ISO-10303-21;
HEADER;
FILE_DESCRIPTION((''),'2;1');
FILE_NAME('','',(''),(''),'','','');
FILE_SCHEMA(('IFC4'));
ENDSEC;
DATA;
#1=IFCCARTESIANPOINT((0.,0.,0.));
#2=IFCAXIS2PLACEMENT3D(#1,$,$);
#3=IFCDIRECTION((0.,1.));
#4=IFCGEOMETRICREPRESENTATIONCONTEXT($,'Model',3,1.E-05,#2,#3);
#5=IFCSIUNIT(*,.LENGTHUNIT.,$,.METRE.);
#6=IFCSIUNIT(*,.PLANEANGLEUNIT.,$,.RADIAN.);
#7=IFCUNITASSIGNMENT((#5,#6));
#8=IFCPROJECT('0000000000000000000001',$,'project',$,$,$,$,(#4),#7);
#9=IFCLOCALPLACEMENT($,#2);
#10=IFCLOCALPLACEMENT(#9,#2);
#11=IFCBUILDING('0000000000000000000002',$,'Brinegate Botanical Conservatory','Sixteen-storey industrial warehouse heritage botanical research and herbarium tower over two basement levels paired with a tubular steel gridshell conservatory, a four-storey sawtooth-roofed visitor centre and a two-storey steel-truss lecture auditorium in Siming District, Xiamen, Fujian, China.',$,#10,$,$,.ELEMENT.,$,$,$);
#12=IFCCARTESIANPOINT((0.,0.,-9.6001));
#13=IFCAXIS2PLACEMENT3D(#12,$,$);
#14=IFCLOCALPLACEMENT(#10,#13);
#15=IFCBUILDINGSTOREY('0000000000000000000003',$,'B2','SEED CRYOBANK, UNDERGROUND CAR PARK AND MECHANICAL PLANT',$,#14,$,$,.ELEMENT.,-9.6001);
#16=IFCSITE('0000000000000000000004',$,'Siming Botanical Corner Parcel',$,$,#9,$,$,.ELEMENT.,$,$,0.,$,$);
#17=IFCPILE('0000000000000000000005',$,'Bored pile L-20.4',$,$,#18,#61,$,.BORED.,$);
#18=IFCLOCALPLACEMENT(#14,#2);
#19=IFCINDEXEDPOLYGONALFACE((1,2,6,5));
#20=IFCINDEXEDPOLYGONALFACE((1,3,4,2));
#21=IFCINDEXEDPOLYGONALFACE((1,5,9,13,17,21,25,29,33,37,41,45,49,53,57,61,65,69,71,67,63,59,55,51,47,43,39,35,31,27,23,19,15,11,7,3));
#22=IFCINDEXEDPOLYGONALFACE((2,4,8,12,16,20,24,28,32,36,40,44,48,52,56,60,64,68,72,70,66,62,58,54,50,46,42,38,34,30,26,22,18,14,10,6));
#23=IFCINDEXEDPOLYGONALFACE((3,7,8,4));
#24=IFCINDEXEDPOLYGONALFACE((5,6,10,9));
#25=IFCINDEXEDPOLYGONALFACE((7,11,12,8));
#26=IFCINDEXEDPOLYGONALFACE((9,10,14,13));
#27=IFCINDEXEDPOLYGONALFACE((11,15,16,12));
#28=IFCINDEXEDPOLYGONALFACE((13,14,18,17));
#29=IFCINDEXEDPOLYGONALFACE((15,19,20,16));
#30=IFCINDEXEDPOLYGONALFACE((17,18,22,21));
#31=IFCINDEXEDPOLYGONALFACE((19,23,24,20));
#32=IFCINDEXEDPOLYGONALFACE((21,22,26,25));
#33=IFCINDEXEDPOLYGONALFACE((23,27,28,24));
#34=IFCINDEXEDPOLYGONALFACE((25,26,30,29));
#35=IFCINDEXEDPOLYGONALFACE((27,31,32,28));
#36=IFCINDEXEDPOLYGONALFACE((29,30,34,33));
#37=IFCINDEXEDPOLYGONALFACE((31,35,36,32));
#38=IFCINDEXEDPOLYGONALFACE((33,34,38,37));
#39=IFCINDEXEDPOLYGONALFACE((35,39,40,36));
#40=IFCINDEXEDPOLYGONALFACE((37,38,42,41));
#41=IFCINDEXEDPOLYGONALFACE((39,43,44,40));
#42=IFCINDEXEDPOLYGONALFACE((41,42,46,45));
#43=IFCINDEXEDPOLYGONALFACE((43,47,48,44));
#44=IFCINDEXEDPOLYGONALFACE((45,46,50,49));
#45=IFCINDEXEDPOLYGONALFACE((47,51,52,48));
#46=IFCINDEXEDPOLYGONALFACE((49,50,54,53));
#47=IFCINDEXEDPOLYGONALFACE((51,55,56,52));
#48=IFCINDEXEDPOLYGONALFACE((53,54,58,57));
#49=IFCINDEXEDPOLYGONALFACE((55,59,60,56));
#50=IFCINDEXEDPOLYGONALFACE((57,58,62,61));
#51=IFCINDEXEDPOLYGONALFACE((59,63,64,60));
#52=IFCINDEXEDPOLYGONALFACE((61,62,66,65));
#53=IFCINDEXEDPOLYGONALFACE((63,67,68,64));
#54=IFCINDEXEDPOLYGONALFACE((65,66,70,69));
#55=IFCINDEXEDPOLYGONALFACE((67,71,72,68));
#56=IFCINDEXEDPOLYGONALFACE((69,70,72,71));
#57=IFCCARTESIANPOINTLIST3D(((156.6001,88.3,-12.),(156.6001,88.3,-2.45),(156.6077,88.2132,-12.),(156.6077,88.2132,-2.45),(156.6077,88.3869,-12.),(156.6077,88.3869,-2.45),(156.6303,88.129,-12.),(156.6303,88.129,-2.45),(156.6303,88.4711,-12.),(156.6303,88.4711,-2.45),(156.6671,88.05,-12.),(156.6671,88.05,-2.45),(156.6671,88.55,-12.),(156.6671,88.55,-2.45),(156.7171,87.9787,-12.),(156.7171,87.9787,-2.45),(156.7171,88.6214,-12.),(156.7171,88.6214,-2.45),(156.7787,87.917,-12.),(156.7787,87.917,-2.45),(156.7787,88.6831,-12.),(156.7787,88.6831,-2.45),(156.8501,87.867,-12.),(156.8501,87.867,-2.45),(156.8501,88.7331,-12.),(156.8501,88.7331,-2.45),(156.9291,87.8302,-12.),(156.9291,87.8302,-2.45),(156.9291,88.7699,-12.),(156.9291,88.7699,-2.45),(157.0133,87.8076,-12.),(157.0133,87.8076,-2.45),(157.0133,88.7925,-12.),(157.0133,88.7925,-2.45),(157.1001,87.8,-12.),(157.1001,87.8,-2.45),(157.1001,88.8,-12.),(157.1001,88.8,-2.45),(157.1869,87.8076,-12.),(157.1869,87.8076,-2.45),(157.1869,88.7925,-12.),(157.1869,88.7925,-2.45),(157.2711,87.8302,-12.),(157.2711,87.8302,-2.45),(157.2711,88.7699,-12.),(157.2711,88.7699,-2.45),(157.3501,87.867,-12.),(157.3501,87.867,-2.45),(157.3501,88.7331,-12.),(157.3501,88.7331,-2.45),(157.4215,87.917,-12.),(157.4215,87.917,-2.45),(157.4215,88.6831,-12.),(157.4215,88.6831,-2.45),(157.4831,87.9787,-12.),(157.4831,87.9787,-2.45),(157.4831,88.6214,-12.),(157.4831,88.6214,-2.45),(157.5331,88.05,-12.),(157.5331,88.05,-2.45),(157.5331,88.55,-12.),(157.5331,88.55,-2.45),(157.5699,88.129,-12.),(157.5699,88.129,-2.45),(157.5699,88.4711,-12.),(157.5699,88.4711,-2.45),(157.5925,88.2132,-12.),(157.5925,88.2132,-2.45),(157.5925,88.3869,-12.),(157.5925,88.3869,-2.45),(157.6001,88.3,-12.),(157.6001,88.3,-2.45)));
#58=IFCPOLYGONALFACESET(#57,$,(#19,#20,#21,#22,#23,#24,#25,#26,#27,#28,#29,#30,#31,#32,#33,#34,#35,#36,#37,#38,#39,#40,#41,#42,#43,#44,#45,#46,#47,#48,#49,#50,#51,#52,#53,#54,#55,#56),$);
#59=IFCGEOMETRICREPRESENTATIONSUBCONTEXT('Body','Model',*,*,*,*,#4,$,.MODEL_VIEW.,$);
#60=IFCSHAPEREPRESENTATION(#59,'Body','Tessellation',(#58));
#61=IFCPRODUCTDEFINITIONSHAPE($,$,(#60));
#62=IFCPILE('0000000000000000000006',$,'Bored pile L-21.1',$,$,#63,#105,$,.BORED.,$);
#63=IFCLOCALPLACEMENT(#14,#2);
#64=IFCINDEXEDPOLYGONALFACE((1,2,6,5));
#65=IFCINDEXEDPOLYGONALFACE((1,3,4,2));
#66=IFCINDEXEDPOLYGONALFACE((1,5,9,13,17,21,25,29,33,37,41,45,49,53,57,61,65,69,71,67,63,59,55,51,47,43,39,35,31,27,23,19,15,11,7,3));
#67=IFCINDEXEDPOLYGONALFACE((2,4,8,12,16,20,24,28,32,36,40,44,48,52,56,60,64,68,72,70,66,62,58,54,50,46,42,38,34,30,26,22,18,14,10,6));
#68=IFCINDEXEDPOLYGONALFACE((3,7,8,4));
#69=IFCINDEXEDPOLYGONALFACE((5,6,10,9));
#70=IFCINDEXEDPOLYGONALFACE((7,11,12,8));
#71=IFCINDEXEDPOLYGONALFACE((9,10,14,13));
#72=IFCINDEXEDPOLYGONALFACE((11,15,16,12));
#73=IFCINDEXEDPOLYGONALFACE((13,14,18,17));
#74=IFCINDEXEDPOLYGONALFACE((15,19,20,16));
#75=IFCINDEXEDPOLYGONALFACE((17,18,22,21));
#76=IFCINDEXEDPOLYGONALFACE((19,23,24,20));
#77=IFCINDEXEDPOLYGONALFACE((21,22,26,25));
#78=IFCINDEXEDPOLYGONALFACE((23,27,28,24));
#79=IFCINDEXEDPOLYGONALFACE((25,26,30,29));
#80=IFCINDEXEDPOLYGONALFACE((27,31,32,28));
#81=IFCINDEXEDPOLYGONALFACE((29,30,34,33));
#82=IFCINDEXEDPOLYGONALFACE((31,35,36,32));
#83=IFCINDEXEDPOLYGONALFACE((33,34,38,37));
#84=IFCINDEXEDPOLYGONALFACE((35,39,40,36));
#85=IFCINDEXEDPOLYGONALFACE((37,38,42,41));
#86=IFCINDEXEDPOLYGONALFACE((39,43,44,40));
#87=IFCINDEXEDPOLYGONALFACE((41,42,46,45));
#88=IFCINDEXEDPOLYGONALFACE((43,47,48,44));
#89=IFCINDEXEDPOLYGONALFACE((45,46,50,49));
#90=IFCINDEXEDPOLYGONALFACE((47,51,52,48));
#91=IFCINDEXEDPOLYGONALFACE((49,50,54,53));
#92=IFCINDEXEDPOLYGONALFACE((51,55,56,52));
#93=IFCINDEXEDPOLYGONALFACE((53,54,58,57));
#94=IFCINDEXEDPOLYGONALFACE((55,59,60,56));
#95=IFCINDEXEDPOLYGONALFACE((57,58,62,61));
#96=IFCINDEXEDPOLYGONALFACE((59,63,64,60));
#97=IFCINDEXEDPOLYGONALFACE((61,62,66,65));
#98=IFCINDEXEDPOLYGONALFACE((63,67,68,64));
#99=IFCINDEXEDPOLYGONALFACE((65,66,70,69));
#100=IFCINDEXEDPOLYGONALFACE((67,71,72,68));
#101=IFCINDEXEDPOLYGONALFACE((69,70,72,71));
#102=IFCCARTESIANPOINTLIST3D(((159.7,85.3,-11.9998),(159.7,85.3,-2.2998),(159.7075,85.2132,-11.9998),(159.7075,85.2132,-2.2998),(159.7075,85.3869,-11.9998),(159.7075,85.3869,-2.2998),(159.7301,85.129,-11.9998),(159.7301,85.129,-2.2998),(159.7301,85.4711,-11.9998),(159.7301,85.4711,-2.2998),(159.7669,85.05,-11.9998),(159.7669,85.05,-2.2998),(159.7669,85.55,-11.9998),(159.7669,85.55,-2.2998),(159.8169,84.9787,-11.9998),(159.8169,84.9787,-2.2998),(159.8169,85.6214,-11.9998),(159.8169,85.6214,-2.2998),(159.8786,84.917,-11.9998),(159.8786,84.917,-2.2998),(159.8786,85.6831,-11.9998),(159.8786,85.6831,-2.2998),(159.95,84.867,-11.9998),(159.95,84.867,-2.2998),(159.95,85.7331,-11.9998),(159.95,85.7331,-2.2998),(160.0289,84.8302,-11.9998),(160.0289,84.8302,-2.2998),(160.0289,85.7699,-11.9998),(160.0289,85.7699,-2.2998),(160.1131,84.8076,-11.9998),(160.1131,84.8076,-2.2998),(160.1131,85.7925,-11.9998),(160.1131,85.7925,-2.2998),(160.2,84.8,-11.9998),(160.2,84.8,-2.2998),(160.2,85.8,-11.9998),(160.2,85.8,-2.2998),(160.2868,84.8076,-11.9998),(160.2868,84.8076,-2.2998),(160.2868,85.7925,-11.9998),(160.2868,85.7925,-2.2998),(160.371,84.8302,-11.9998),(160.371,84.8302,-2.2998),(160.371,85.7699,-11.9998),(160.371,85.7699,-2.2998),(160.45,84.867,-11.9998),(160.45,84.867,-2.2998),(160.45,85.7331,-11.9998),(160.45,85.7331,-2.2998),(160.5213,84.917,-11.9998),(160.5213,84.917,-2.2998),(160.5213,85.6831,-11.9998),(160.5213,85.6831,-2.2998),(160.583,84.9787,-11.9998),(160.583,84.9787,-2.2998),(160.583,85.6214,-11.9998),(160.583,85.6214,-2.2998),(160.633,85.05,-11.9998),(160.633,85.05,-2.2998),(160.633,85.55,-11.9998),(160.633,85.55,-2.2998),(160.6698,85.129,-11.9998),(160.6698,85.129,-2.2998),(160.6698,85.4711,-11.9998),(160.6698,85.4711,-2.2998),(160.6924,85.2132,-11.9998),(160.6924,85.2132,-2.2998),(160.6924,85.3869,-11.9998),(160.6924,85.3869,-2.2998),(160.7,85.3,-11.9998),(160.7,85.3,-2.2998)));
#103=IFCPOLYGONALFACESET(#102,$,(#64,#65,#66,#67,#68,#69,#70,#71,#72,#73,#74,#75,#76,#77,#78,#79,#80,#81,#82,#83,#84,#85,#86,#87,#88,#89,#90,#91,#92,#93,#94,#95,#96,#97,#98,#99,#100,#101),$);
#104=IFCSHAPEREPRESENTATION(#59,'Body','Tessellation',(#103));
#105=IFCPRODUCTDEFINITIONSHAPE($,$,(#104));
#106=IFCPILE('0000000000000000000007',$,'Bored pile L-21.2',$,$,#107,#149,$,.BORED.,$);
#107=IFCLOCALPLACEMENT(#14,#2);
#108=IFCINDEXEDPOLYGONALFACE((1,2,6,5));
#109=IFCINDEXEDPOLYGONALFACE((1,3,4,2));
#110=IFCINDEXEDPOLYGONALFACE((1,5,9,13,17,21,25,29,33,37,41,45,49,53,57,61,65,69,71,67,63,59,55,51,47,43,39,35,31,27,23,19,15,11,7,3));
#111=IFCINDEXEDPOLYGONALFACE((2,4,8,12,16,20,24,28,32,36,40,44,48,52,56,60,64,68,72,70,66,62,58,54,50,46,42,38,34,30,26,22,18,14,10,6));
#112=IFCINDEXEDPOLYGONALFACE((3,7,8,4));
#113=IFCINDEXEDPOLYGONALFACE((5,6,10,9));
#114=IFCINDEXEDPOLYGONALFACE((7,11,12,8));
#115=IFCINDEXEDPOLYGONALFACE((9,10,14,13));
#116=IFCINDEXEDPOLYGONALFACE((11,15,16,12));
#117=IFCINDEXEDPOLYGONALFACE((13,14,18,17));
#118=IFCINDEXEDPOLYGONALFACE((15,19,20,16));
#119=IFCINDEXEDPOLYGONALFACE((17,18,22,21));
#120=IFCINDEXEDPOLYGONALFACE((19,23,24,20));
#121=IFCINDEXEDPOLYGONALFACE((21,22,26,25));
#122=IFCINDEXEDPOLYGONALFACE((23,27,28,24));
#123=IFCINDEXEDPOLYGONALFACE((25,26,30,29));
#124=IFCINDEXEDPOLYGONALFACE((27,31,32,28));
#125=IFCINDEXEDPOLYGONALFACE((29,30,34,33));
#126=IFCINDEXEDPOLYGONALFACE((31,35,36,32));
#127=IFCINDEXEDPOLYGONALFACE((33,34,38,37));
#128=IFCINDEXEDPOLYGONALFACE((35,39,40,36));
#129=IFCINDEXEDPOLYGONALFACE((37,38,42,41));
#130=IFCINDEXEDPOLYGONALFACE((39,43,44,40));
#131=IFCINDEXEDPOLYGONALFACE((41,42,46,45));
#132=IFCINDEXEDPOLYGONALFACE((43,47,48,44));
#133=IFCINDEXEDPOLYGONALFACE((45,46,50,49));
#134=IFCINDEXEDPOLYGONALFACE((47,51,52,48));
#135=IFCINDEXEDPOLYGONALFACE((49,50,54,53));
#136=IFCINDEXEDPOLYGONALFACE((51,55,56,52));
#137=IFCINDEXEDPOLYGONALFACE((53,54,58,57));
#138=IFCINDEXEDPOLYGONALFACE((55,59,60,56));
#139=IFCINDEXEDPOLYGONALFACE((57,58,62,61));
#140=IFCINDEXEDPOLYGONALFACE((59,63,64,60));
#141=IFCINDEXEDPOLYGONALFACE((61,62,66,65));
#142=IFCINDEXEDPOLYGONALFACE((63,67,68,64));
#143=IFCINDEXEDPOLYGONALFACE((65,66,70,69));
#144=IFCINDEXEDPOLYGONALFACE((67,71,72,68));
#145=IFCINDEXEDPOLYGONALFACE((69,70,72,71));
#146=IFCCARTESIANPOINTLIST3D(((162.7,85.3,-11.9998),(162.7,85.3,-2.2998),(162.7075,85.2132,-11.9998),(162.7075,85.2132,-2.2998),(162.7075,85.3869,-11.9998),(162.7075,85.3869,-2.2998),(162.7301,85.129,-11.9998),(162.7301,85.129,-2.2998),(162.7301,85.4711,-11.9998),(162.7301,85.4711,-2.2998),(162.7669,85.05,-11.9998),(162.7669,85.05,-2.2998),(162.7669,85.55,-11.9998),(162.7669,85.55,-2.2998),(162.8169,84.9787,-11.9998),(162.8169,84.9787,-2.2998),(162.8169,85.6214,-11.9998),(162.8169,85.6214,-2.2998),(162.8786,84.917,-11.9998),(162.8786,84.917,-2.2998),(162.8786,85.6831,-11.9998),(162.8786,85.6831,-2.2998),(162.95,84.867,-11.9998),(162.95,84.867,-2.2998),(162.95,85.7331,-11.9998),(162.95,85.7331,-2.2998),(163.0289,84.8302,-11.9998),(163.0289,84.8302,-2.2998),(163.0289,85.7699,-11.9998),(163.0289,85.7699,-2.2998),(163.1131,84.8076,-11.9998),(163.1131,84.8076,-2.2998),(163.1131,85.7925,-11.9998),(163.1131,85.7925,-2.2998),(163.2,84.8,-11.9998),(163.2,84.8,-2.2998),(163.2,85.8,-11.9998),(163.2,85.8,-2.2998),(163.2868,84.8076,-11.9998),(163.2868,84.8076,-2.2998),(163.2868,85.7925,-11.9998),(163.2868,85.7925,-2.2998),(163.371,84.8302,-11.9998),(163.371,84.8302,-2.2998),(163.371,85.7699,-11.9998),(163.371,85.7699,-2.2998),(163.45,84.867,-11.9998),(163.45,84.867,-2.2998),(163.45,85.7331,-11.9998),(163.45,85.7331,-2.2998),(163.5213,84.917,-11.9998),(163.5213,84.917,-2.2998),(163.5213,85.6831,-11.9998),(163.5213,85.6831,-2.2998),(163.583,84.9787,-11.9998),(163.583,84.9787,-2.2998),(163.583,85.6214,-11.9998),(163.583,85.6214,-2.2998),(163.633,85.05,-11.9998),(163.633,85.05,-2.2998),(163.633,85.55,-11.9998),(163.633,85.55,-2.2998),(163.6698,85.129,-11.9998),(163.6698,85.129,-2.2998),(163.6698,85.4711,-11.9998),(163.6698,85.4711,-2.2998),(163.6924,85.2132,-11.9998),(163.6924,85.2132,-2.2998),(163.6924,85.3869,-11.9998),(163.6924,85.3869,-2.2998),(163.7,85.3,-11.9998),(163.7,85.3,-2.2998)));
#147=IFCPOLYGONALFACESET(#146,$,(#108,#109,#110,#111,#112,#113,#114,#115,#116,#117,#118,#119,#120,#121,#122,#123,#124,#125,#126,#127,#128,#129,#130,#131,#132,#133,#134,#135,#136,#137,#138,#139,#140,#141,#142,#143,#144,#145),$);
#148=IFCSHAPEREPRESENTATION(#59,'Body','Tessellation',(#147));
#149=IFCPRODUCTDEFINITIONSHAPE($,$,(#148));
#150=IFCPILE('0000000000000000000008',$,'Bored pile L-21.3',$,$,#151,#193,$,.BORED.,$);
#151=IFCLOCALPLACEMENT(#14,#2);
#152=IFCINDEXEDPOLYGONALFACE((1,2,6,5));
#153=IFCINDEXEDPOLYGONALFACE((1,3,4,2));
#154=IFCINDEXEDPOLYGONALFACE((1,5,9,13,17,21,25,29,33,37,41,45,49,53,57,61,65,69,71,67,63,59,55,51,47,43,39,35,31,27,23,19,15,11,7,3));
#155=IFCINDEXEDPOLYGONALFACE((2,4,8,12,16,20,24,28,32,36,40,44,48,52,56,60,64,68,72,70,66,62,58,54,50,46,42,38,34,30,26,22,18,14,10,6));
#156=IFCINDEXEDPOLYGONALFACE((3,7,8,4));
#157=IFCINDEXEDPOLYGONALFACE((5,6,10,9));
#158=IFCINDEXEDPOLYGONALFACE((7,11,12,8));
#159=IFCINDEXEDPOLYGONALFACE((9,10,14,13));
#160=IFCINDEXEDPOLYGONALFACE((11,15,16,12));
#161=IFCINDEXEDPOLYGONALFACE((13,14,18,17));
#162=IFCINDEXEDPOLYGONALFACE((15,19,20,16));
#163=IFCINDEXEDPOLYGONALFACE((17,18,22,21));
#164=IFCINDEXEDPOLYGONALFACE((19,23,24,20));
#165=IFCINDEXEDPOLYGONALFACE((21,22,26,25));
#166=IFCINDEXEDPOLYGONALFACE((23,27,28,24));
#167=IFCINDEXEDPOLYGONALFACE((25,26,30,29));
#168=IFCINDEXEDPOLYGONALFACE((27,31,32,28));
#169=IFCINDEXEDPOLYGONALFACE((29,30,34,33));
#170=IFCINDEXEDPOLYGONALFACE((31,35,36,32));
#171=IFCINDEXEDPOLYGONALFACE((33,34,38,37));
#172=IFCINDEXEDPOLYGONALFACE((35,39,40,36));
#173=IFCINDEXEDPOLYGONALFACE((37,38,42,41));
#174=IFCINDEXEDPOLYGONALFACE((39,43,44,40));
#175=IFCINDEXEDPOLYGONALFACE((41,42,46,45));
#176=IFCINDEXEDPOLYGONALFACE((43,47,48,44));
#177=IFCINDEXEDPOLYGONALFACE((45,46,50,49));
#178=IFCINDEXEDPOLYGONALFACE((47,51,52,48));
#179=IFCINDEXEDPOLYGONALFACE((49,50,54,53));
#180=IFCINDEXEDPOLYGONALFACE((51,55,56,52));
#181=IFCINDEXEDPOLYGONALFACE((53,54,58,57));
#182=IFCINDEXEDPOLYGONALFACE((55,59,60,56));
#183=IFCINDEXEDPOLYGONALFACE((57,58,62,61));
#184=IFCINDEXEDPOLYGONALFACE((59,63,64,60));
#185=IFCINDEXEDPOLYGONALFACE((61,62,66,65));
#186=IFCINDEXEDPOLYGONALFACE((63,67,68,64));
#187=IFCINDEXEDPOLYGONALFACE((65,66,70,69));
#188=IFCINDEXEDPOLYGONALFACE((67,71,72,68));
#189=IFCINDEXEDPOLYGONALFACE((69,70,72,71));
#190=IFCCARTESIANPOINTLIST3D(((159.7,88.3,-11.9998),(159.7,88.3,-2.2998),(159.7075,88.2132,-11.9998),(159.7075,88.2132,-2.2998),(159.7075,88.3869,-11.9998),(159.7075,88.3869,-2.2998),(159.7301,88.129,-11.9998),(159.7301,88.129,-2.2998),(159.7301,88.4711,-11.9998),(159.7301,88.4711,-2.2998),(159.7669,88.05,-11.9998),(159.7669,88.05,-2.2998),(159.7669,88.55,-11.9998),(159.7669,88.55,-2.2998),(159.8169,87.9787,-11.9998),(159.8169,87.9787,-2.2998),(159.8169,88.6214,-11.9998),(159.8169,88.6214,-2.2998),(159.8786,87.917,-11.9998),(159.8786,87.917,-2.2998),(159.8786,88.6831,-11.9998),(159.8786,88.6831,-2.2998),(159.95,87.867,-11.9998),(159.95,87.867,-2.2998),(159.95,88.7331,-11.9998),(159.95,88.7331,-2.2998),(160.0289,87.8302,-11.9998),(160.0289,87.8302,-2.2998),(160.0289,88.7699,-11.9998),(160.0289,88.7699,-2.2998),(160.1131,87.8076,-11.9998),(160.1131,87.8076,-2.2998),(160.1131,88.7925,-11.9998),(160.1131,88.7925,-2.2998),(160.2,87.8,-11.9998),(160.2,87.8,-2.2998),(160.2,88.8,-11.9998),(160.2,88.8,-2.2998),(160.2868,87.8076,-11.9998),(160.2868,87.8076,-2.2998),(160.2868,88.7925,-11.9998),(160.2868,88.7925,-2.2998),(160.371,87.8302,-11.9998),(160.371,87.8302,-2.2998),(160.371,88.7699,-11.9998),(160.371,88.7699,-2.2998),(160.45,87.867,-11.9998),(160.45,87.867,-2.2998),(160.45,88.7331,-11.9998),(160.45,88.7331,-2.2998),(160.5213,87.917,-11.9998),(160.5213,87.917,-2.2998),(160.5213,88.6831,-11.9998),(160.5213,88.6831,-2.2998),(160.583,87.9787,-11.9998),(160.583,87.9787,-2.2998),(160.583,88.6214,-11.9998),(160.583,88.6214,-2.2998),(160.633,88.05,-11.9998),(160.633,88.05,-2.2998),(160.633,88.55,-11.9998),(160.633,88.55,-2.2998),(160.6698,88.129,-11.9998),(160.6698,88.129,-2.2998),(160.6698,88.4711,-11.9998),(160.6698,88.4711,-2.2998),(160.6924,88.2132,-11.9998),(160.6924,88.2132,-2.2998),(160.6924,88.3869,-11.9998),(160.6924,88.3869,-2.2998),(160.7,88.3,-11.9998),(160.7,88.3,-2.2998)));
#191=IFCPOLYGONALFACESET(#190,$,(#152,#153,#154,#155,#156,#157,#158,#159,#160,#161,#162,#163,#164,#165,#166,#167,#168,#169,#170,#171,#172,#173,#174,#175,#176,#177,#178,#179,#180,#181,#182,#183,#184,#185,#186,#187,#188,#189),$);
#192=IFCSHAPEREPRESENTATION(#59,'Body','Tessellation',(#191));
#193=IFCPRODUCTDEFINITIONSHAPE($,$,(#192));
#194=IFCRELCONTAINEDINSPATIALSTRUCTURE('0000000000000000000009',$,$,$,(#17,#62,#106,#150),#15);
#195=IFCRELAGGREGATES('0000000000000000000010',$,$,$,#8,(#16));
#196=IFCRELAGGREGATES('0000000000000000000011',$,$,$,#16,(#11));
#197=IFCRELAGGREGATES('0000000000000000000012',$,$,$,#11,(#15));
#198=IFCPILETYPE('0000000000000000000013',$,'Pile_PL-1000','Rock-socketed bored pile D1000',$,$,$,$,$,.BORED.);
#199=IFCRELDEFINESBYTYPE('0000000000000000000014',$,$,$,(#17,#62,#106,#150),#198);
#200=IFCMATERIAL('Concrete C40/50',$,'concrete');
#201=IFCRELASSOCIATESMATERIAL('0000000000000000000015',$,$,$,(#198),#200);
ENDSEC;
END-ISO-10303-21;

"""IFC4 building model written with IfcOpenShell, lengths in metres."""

from ifc_helpers import new_model, si_unit, direction, frame, origin, origin_2d, place, context, subcontext, project, spatial, circle, extrude, material, material_profile, profile_set, type_object, element, save


model = new_model("IFC4")

# Units and contexts
model_context = context("Model", 3, precision=1e-05, world=origin(), true_north=direction((0.0, 1.0)))
body_context = subcontext(model_context, "Body", "Model", "MODEL_VIEW")
ifc_project = project(units=[si_unit("LENGTHUNIT", "METRE"), si_unit("PLANEANGLEUNIT", "RADIAN")], contexts=[model_context])

# Site, building, storey
site_placement = place(None, origin())
site = spatial("IfcSite", under=ifc_project, at=site_placement, Name="Siming Botanical Corner Parcel", CompositionType="ELEMENT", RefElevation=0.0)
building_placement = place(site_placement, origin())
building = spatial("IfcBuilding", under=site, at=building_placement, Name="Brinegate Botanical Conservatory", Description="Sixteen-storey industrial warehouse heritage botanical research and herbarium tower over two basement levels paired with a tubular steel gridshell conservatory, a four-storey sawtooth-roofed visitor centre and a two-storey steel-truss lecture auditorium in Siming District, Xiamen, Fujian, China.", CompositionType="ELEMENT")
storey_placement = place(building_placement, frame((0.0, 0.0, -9.6001)))
storey = spatial("IfcBuildingStorey", under=building, at=storey_placement, Name="B2", Description="SEED CRYOBANK, UNDERGROUND CAR PARK AND MECHANICAL PLANT", CompositionType="ELEMENT", Elevation=-9.6001)

# Shared definitions
ifc_material_1 = material(Name="Concrete C40/50", Category="concrete")

# Piles
ifc_material_profile_1 = material_profile(ifc_material_1, circle(Radius=0.5, at=origin_2d()), Name="PILE D1000")
ifc_profile_set_1 = profile_set([ifc_material_profile_1], Name="Concrete C40/50")
pile_type_1 = type_object("IfcPileType", Name="Pile_PL-1000", Description="Rock-socketed bored pile D1000", PredefinedType="BORED", material=ifc_profile_set_1)
for number, where, z_axis, x_axis, name in (
    (1, (157.1001, 88.3, -2.45), (0.0, 0.0, -1.0), (1.0, 0.0, 0.0), "Bored pile L-20.4"),
):
    element("IfcPile", number, at=place(storey_placement, frame(where, z_axis=z_axis, x_axis=x_axis)), inside=storey, type_object=pile_type_1, Name=name, PredefinedType="BORED", context=body_context, shape_type="SweptSolid", body=[
        extrude(circle(Radius=0.5, at=origin_2d()), origin(), (0.0, 0.0, 1.0), 9.55),
    ])
for number, where, z_axis, x_axis, name in (
    (2, (160.2, 85.3, -2.2998), (0.0, 0.0, -1.0), (1.0, 0.0, 0.0), "Bored pile L-21.1"),
    (3, (163.2, 85.3, -2.2998), (0.0, 0.0, -1.0), (1.0, 0.0, 0.0), "Bored pile L-21.2"),
    (4, (160.2, 88.3, -2.2998), (0.0, 0.0, -1.0), (1.0, 0.0, 0.0), "Bored pile L-21.3"),
):
    element("IfcPile", number, at=place(storey_placement, frame(where, z_axis=z_axis, x_axis=x_axis)), inside=storey, type_object=pile_type_1, Name=name, PredefinedType="BORED", context=body_context, shape_type="SweptSolid", body=[
        extrude(circle(Radius=0.5, at=origin_2d()), origin(), (0.0, 0.0, 1.0), 9.7),
    ])

save(model, "model.ifc")
